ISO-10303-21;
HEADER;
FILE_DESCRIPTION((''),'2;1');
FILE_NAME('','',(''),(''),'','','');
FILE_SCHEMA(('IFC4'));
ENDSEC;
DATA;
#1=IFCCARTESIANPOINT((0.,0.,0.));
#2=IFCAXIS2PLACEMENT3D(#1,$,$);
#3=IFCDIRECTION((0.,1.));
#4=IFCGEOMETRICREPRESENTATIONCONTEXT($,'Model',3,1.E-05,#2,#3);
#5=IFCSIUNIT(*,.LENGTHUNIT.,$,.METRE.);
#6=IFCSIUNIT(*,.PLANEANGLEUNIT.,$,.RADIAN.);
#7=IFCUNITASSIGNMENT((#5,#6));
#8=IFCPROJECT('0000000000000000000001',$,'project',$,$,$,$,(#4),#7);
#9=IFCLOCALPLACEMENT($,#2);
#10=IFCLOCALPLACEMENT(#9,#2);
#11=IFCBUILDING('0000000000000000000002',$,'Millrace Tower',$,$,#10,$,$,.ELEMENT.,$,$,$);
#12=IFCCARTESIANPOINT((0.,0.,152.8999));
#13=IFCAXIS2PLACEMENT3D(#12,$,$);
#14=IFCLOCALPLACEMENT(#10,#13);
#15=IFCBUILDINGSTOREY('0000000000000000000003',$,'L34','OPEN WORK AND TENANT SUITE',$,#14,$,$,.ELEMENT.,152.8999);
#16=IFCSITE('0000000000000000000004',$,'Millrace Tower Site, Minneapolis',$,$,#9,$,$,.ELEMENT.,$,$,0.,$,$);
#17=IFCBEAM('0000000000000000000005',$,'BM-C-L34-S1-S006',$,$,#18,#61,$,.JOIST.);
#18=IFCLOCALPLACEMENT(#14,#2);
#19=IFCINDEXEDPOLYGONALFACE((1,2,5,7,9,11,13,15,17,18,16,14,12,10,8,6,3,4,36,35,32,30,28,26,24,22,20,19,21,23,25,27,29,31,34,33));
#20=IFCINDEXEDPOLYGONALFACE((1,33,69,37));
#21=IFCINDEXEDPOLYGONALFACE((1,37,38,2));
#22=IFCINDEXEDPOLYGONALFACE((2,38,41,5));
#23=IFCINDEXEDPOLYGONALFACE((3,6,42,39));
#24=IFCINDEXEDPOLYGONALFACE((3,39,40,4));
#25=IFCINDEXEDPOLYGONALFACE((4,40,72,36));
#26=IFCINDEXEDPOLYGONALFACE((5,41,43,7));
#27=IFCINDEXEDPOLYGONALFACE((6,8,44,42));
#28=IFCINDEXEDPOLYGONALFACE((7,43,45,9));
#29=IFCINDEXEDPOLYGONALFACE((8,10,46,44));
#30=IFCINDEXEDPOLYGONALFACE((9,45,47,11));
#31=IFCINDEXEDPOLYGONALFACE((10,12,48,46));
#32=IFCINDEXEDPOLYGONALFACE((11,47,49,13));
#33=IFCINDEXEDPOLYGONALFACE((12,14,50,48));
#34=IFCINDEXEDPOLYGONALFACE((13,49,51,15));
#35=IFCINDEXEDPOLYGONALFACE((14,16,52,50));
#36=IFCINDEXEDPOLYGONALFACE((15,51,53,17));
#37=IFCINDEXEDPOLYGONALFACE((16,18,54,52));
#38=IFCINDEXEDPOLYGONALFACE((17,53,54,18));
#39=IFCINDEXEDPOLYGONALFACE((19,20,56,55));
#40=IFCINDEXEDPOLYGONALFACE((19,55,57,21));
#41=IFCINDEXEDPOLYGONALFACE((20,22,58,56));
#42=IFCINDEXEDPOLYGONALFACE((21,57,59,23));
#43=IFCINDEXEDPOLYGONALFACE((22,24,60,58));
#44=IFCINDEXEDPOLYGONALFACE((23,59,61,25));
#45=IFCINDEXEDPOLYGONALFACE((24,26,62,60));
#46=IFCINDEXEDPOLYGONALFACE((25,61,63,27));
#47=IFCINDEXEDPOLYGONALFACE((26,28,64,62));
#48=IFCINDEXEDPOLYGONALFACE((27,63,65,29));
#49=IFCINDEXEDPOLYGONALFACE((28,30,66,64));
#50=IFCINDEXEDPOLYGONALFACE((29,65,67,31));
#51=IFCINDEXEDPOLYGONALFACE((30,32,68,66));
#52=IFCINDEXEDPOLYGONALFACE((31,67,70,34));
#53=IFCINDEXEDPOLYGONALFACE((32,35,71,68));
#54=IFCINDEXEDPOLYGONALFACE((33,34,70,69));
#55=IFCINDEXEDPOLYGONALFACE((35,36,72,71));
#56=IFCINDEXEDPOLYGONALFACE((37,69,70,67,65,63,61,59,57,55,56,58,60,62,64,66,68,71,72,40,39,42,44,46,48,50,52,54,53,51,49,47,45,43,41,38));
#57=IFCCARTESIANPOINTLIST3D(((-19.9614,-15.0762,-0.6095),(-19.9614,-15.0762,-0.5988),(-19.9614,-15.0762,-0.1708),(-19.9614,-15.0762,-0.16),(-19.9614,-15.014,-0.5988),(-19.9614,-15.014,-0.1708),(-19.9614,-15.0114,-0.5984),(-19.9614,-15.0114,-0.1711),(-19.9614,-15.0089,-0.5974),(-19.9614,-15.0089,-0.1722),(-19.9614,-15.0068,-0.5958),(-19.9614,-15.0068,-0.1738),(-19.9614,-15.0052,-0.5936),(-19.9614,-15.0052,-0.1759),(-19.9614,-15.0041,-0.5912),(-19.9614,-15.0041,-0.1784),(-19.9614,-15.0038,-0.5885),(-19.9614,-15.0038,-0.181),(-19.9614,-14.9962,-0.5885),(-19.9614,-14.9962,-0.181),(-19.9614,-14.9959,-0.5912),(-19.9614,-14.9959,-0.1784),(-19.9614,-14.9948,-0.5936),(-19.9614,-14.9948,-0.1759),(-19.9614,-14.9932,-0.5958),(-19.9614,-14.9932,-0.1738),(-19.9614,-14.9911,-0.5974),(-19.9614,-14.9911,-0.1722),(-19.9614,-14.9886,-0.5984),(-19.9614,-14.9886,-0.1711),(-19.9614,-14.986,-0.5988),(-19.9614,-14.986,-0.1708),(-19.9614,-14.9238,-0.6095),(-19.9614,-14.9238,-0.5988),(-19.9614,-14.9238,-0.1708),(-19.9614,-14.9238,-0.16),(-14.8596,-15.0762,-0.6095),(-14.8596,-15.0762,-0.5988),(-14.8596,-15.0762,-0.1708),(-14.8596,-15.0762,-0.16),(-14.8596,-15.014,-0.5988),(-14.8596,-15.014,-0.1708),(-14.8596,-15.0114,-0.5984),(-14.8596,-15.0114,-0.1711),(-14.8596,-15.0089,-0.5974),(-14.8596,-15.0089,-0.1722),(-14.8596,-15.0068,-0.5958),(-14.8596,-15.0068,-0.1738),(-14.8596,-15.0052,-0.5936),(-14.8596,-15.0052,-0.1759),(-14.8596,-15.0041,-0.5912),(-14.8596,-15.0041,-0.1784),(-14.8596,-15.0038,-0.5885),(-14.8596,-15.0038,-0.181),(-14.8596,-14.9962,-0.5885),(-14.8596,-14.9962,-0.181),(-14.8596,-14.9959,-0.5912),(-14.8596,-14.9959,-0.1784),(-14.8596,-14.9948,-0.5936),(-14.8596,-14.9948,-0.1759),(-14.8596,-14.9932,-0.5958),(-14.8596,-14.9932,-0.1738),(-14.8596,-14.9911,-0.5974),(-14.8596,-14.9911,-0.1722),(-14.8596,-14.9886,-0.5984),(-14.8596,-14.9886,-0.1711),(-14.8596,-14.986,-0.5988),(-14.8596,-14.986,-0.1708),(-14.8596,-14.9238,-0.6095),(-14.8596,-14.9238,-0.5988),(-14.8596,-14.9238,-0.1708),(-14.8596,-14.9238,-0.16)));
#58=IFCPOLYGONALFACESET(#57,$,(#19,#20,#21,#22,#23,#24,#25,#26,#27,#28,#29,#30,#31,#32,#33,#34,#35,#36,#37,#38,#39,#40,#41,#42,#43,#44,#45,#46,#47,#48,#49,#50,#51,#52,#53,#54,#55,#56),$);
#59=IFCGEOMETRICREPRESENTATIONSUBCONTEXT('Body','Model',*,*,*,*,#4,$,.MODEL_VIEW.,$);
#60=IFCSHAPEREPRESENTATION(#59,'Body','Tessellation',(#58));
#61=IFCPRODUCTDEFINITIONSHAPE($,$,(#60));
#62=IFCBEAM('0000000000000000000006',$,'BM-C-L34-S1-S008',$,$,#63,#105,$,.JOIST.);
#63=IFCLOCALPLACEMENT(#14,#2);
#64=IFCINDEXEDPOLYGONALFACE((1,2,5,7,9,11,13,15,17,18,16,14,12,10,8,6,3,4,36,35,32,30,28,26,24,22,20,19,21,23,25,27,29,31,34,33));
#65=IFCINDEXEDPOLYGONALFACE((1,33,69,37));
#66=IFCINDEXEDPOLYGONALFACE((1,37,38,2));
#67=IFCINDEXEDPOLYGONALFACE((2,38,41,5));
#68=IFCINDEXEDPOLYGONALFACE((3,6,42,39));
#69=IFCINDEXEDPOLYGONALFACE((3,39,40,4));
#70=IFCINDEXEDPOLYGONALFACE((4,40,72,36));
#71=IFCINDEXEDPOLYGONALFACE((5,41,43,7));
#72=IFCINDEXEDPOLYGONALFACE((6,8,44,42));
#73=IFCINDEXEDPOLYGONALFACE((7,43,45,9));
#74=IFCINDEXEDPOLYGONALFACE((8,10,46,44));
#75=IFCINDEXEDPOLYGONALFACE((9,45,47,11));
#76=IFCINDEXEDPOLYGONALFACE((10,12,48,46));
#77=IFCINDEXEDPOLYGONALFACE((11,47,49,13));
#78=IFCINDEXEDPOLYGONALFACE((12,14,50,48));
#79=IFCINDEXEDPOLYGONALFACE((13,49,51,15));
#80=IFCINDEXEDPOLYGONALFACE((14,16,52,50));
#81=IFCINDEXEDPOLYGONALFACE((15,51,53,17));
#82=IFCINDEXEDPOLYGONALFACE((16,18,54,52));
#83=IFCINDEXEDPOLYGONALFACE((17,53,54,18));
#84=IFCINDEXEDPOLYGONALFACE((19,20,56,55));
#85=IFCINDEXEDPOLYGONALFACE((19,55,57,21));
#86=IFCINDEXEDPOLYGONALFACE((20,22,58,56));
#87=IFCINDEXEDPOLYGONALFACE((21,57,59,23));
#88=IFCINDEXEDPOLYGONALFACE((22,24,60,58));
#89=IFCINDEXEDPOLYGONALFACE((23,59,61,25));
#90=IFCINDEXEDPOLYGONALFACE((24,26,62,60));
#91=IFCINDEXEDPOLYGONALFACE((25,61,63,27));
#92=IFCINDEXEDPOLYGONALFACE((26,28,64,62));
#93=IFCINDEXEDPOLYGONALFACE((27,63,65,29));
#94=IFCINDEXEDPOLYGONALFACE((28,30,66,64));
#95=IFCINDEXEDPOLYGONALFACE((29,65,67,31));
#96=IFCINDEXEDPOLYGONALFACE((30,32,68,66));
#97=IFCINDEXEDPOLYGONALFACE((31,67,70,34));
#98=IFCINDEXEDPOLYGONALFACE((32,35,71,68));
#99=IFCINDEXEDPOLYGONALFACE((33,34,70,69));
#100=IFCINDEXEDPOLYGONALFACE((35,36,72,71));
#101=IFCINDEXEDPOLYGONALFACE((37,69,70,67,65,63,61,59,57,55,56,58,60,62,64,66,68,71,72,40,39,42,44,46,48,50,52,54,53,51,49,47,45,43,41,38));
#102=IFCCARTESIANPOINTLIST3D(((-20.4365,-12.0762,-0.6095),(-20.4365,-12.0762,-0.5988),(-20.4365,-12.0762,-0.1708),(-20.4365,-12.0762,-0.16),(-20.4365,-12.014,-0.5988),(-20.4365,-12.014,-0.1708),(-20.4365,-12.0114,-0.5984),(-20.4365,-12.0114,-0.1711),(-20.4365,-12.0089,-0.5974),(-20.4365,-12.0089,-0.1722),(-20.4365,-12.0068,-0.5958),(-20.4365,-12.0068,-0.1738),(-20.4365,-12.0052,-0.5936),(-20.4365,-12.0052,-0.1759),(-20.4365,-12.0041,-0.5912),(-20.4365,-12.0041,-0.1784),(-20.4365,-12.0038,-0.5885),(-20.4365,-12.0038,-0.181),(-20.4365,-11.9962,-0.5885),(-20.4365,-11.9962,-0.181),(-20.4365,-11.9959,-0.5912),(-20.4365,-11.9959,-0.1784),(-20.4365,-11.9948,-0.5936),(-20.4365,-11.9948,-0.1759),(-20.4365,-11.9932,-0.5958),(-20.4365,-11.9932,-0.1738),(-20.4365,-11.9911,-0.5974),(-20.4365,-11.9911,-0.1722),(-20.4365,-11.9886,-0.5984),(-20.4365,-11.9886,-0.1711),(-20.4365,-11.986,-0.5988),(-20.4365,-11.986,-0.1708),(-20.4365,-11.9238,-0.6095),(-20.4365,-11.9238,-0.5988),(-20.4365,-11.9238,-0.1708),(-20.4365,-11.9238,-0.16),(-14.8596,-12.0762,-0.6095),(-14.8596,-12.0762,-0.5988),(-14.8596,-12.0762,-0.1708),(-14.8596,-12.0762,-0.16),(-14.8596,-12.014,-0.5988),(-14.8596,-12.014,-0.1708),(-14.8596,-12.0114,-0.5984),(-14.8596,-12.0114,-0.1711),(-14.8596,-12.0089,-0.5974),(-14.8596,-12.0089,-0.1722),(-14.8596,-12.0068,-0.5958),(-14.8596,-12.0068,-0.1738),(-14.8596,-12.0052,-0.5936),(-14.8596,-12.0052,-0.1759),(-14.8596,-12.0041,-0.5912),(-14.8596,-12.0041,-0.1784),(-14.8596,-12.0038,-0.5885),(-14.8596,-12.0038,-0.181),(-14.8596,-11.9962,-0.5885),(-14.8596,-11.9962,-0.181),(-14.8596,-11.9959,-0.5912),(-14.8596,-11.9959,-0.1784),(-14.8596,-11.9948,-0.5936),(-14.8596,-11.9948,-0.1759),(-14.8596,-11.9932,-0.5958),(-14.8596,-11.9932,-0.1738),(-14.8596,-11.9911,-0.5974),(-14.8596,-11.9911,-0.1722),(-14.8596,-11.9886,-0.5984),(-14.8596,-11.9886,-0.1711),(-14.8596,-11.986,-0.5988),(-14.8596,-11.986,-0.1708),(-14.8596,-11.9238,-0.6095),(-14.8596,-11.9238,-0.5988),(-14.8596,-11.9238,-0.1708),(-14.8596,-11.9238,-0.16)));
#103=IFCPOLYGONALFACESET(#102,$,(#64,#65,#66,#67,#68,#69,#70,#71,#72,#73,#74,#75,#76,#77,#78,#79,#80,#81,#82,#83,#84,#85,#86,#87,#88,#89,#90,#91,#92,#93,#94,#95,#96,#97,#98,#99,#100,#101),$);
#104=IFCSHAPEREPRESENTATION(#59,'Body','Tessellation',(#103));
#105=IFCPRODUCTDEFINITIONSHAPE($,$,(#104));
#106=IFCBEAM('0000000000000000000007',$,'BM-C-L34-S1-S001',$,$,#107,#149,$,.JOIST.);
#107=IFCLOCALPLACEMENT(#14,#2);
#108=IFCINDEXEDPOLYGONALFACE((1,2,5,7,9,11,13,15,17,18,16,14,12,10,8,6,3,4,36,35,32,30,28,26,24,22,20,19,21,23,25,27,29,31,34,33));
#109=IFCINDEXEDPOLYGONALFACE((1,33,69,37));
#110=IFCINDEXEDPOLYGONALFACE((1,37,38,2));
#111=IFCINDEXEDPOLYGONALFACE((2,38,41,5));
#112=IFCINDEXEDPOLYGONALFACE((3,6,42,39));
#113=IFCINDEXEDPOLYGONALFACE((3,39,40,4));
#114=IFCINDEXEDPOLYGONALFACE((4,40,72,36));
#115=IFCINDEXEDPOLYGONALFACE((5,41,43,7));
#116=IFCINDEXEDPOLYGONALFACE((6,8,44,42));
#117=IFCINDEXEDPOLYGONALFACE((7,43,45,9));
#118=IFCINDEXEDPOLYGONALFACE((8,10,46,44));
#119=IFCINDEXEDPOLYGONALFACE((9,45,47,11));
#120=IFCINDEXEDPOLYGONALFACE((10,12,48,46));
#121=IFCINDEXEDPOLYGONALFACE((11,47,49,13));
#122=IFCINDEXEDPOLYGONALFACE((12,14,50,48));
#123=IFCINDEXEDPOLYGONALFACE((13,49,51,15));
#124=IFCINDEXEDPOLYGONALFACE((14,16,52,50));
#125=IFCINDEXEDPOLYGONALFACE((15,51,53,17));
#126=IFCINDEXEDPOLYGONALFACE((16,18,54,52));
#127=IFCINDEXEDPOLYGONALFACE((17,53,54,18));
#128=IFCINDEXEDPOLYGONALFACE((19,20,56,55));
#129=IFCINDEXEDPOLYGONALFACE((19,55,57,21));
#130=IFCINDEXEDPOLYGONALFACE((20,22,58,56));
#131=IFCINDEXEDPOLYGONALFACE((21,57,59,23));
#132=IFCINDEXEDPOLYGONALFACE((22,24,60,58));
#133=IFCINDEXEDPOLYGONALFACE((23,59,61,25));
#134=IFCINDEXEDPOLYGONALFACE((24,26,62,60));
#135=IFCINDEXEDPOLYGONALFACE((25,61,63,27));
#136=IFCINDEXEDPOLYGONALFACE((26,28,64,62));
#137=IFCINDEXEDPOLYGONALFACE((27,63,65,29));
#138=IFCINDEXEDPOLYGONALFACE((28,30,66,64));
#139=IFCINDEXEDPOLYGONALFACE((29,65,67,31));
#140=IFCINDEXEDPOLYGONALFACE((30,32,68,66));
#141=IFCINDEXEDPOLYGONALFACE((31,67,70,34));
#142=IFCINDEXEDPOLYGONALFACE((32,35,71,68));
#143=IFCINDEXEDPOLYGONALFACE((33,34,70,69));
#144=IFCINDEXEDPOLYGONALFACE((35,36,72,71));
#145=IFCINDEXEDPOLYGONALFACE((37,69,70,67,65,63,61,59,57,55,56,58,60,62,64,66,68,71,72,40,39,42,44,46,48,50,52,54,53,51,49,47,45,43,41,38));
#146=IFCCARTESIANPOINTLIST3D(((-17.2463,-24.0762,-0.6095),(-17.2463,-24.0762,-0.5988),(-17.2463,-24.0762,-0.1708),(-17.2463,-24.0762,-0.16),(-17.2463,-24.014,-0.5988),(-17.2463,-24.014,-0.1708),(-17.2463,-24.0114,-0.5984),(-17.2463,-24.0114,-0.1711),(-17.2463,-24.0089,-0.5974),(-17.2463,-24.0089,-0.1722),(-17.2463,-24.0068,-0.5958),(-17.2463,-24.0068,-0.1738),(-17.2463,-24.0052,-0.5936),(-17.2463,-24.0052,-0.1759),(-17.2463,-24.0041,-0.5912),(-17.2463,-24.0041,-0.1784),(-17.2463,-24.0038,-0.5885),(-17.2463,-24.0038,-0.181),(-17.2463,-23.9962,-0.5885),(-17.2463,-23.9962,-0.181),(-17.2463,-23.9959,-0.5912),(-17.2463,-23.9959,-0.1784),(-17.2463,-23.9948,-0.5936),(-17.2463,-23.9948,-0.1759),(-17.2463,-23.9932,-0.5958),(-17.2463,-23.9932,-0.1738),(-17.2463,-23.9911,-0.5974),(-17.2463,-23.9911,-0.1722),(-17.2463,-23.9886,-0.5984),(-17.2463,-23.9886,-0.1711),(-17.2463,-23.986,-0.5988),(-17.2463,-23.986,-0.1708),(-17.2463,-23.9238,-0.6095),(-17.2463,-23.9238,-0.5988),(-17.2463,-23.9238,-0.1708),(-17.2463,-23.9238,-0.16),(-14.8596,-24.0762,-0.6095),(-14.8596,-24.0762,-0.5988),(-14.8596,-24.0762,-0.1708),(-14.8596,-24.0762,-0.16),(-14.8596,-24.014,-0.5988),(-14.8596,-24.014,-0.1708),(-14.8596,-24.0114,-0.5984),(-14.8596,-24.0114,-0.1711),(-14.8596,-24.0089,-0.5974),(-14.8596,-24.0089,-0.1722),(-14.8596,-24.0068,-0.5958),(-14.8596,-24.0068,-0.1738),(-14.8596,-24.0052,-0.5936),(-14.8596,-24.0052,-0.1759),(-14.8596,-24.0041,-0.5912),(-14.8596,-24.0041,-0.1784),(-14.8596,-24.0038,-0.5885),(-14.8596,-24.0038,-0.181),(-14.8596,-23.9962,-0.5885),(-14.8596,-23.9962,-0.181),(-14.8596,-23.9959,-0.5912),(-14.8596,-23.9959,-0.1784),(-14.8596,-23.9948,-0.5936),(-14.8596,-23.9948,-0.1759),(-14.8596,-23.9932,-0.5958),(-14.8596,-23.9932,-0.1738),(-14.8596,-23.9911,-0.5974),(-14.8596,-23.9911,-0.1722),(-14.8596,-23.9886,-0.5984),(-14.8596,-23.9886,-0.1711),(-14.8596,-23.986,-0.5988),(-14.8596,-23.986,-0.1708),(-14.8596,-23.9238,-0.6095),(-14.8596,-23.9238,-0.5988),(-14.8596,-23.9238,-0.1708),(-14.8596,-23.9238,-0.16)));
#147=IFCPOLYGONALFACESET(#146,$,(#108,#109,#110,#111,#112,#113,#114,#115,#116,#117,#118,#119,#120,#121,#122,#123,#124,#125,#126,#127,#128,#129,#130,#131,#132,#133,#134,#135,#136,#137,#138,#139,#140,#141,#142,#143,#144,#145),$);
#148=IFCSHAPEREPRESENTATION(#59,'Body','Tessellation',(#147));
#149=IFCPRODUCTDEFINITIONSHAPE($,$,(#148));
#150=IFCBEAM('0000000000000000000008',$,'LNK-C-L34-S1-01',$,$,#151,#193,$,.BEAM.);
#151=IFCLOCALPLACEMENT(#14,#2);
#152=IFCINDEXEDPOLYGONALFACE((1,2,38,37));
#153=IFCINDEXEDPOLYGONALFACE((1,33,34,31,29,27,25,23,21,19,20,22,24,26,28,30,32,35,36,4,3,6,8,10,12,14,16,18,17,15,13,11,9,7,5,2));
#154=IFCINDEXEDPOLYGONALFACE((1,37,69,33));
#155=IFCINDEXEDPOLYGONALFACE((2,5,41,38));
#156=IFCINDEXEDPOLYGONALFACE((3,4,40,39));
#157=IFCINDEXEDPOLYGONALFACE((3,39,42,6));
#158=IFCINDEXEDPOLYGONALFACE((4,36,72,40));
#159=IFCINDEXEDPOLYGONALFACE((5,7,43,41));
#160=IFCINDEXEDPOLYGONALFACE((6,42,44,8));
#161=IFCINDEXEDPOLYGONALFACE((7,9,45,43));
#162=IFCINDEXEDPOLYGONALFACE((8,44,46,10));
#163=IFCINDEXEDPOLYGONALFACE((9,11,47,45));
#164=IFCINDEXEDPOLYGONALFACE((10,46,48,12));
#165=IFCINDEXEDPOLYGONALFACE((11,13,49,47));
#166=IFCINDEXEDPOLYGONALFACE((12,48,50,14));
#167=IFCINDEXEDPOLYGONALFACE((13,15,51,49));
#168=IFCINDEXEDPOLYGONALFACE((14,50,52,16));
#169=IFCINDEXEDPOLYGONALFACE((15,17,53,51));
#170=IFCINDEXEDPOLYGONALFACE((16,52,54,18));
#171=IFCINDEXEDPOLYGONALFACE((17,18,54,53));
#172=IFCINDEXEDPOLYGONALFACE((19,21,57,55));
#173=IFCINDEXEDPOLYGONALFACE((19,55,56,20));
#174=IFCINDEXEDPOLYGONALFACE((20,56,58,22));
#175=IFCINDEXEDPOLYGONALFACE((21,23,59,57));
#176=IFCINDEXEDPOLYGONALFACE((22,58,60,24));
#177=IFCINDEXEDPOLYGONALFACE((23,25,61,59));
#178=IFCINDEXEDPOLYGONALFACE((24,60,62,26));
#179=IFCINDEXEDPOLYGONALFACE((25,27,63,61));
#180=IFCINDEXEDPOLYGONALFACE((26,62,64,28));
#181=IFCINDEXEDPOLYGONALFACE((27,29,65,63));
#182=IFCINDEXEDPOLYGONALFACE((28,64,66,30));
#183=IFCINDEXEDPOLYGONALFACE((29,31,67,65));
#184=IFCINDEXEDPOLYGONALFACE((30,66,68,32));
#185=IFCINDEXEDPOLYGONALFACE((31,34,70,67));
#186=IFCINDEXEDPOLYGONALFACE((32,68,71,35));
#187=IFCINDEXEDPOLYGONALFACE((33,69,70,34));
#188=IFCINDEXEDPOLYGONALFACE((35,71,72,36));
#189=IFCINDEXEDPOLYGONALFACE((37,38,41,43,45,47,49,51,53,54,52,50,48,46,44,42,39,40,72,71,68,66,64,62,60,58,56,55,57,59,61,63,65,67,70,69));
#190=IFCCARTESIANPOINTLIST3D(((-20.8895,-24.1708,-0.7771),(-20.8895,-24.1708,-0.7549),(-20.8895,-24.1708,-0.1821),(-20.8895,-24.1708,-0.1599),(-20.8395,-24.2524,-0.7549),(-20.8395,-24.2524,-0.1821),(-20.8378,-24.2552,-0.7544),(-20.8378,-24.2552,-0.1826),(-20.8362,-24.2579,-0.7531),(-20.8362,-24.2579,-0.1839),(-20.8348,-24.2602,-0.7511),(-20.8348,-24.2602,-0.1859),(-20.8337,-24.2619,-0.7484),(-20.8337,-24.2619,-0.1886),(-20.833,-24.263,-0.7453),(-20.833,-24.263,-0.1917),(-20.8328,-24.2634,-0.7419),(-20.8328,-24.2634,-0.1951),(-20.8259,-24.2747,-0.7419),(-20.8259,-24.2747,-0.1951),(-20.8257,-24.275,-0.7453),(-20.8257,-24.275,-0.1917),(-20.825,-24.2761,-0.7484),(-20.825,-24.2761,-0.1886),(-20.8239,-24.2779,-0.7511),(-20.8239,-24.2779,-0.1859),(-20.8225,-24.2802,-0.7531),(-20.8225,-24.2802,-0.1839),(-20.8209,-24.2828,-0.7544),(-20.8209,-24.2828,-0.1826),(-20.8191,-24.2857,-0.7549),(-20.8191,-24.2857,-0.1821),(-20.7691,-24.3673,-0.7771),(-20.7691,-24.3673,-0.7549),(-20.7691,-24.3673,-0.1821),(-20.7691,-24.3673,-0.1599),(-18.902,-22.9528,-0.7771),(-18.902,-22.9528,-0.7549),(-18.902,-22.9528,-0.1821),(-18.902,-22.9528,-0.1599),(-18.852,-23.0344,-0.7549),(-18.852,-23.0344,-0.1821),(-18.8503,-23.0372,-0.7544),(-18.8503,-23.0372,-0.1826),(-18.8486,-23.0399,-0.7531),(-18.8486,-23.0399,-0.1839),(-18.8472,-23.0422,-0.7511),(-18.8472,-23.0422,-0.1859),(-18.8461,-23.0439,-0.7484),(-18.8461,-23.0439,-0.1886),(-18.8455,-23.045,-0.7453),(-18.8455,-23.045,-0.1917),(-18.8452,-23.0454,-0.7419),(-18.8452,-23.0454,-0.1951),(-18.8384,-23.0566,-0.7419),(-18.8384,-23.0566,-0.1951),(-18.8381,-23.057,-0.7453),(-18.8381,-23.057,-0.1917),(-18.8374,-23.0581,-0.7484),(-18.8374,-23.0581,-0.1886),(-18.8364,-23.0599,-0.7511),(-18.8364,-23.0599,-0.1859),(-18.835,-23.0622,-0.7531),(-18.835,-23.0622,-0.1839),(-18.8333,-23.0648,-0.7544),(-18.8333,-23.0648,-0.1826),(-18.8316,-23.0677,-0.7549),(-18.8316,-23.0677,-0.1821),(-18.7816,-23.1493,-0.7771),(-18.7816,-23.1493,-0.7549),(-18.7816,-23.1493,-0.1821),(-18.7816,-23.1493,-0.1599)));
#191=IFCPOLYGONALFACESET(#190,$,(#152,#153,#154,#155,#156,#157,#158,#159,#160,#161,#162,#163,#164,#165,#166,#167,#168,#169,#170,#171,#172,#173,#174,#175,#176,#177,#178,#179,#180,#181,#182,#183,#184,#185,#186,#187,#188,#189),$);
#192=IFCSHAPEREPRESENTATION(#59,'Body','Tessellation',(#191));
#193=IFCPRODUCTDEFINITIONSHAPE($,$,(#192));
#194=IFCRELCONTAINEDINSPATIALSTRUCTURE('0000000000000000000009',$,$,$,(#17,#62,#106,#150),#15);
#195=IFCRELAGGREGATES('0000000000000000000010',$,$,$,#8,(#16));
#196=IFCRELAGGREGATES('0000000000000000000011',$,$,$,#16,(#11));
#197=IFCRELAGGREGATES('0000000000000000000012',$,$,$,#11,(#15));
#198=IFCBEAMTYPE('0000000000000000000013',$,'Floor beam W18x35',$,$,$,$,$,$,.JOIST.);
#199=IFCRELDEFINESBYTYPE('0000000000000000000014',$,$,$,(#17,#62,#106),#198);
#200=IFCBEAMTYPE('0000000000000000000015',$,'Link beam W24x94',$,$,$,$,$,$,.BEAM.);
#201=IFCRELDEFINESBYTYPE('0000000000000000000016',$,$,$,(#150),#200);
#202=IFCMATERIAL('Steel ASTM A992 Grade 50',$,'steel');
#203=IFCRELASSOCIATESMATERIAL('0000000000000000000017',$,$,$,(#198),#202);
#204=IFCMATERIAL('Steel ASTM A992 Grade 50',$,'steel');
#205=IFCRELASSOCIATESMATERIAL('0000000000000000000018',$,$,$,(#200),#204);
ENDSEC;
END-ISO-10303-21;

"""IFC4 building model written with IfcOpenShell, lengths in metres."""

from ifc_helpers import new_model, si_unit, direction, frame, origin, origin_2d, place, context, subcontext, project, spatial, i_section, extrude, material, material_profile, profile_set, type_object, element, save


model = new_model("IFC4")

# Units and contexts
model_context = context("Model", 3, precision=1e-05, world=origin(), true_north=direction((0.0, 1.0)))
body_context = subcontext(model_context, "Body", "Model", "MODEL_VIEW")
ifc_project = project(units=[si_unit("LENGTHUNIT", "METRE"), si_unit("PLANEANGLEUNIT", "RADIAN")], contexts=[model_context])

# Site, building, storey
site_placement = place(None, origin())
site = spatial("IfcSite", under=ifc_project, at=site_placement, Name="Millrace Tower Site, Minneapolis", CompositionType="ELEMENT", RefElevation=0.0)
building_placement = place(site_placement, origin())
building = spatial("IfcBuilding", under=site, at=building_placement, Name="Millrace Tower", CompositionType="ELEMENT")
storey_placement = place(building_placement, frame((0.0, 0.0, 152.8999)))
storey = spatial("IfcBuildingStorey", under=building, at=storey_placement, Name="L34", Description="OPEN WORK AND TENANT SUITE", CompositionType="ELEMENT", Elevation=152.8999)

# Beams
ifc_material_1 = material(Name="Steel ASTM A992 Grade 50", Category="steel")
ifc_material_profile_1 = material_profile(ifc_material_1, i_section(OverallWidth=0.1523, OverallDepth=0.4495, WebThickness=0.0076, FlangeThickness=0.0107, FilletRadius=0.0103, at=origin_2d()))
ifc_profile_set_1 = profile_set([ifc_material_profile_1], Name="Steel ASTM A992 Grade 50")
beam_type_1 = type_object("IfcBeamType", Name="Floor beam W18x35", PredefinedType="JOIST", material=ifc_profile_set_1)
beam_1_placement = place(storey_placement, frame((-19.9614, -15.0, -0.3848), z_axis=(1.0, 0.0, 0.0), x_axis=(0.0, 1.0, 0.0)))
element("IfcBeam", 1, at=beam_1_placement, inside=storey, type_object=beam_type_1, Name="BM-C-L34-S1-S006", PredefinedType="JOIST", context=body_context, shape_type="SweptSolid", body=[
    extrude(i_section(OverallWidth=0.1523, OverallDepth=0.4495, WebThickness=0.0076, FlangeThickness=0.0107, FilletRadius=0.0103, at=origin_2d()), origin(), (0.0, 0.0, 1.0), 5.1018),
])
beam_2_placement = place(storey_placement, frame((-20.4365, -12.0, -0.3848), z_axis=(1.0, 0.0, 0.0), x_axis=(0.0, 1.0, 0.0)))
element("IfcBeam", 2, at=beam_2_placement, inside=storey, type_object=beam_type_1, Name="BM-C-L34-S1-S008", PredefinedType="JOIST", context=body_context, shape_type="SweptSolid", body=[
    extrude(i_section(OverallWidth=0.1523, OverallDepth=0.4495, WebThickness=0.0076, FlangeThickness=0.0107, FilletRadius=0.0103, at=origin_2d()), origin(), (0.0, 0.0, 1.0), 5.5769),
])
beam_3_placement = place(storey_placement, frame((-17.2463, -24.0, -0.3848), z_axis=(1.0, 0.0, 0.0), x_axis=(0.0, 1.0, 0.0)))
element("IfcBeam", 3, at=beam_3_placement, inside=storey, type_object=beam_type_1, Name="BM-C-L34-S1-S001", PredefinedType="JOIST", context=body_context, shape_type="SweptSolid", body=[
    extrude(i_section(OverallWidth=0.1523, OverallDepth=0.4495, WebThickness=0.0076, FlangeThickness=0.0107, FilletRadius=0.0103, at=origin_2d()), origin(), (0.0, 0.0, 1.0), 2.3867),
])
ifc_material_2 = material(Name="Steel ASTM A992 Grade 50", Category="steel")
ifc_material_profile_2 = material_profile(ifc_material_2, i_section(OverallWidth=0.2305, OverallDepth=0.6172, WebThickness=0.0132, FlangeThickness=0.0222, FilletRadius=0.0129, at=origin_2d()))
ifc_profile_set_2 = profile_set([ifc_material_profile_2], Name="Steel ASTM A992 Grade 50")
beam_type_2 = type_object("IfcBeamType", Name="Link beam W24x94", PredefinedType="BEAM", material=ifc_profile_set_2)
beam_4_placement = place(storey_placement, frame((-18.8418, -23.051, -0.4685), z_axis=(-0.852631, -0.522513, 0.0), x_axis=(0.522513, -0.852631, 0.0)))
element("IfcBeam", 4, at=beam_4_placement, inside=storey, type_object=beam_type_2, Name="LNK-C-L34-S1-01", PredefinedType="BEAM", context=body_context, shape_type="SweptSolid", body=[
    extrude(i_section(OverallWidth=0.2305, OverallDepth=0.6172, WebThickness=0.0132, FlangeThickness=0.0222, FilletRadius=0.0129, at=origin_2d()), origin(), (0.0, 0.0, 1.0), 2.3311),
])

save(model, "model.ifc")
